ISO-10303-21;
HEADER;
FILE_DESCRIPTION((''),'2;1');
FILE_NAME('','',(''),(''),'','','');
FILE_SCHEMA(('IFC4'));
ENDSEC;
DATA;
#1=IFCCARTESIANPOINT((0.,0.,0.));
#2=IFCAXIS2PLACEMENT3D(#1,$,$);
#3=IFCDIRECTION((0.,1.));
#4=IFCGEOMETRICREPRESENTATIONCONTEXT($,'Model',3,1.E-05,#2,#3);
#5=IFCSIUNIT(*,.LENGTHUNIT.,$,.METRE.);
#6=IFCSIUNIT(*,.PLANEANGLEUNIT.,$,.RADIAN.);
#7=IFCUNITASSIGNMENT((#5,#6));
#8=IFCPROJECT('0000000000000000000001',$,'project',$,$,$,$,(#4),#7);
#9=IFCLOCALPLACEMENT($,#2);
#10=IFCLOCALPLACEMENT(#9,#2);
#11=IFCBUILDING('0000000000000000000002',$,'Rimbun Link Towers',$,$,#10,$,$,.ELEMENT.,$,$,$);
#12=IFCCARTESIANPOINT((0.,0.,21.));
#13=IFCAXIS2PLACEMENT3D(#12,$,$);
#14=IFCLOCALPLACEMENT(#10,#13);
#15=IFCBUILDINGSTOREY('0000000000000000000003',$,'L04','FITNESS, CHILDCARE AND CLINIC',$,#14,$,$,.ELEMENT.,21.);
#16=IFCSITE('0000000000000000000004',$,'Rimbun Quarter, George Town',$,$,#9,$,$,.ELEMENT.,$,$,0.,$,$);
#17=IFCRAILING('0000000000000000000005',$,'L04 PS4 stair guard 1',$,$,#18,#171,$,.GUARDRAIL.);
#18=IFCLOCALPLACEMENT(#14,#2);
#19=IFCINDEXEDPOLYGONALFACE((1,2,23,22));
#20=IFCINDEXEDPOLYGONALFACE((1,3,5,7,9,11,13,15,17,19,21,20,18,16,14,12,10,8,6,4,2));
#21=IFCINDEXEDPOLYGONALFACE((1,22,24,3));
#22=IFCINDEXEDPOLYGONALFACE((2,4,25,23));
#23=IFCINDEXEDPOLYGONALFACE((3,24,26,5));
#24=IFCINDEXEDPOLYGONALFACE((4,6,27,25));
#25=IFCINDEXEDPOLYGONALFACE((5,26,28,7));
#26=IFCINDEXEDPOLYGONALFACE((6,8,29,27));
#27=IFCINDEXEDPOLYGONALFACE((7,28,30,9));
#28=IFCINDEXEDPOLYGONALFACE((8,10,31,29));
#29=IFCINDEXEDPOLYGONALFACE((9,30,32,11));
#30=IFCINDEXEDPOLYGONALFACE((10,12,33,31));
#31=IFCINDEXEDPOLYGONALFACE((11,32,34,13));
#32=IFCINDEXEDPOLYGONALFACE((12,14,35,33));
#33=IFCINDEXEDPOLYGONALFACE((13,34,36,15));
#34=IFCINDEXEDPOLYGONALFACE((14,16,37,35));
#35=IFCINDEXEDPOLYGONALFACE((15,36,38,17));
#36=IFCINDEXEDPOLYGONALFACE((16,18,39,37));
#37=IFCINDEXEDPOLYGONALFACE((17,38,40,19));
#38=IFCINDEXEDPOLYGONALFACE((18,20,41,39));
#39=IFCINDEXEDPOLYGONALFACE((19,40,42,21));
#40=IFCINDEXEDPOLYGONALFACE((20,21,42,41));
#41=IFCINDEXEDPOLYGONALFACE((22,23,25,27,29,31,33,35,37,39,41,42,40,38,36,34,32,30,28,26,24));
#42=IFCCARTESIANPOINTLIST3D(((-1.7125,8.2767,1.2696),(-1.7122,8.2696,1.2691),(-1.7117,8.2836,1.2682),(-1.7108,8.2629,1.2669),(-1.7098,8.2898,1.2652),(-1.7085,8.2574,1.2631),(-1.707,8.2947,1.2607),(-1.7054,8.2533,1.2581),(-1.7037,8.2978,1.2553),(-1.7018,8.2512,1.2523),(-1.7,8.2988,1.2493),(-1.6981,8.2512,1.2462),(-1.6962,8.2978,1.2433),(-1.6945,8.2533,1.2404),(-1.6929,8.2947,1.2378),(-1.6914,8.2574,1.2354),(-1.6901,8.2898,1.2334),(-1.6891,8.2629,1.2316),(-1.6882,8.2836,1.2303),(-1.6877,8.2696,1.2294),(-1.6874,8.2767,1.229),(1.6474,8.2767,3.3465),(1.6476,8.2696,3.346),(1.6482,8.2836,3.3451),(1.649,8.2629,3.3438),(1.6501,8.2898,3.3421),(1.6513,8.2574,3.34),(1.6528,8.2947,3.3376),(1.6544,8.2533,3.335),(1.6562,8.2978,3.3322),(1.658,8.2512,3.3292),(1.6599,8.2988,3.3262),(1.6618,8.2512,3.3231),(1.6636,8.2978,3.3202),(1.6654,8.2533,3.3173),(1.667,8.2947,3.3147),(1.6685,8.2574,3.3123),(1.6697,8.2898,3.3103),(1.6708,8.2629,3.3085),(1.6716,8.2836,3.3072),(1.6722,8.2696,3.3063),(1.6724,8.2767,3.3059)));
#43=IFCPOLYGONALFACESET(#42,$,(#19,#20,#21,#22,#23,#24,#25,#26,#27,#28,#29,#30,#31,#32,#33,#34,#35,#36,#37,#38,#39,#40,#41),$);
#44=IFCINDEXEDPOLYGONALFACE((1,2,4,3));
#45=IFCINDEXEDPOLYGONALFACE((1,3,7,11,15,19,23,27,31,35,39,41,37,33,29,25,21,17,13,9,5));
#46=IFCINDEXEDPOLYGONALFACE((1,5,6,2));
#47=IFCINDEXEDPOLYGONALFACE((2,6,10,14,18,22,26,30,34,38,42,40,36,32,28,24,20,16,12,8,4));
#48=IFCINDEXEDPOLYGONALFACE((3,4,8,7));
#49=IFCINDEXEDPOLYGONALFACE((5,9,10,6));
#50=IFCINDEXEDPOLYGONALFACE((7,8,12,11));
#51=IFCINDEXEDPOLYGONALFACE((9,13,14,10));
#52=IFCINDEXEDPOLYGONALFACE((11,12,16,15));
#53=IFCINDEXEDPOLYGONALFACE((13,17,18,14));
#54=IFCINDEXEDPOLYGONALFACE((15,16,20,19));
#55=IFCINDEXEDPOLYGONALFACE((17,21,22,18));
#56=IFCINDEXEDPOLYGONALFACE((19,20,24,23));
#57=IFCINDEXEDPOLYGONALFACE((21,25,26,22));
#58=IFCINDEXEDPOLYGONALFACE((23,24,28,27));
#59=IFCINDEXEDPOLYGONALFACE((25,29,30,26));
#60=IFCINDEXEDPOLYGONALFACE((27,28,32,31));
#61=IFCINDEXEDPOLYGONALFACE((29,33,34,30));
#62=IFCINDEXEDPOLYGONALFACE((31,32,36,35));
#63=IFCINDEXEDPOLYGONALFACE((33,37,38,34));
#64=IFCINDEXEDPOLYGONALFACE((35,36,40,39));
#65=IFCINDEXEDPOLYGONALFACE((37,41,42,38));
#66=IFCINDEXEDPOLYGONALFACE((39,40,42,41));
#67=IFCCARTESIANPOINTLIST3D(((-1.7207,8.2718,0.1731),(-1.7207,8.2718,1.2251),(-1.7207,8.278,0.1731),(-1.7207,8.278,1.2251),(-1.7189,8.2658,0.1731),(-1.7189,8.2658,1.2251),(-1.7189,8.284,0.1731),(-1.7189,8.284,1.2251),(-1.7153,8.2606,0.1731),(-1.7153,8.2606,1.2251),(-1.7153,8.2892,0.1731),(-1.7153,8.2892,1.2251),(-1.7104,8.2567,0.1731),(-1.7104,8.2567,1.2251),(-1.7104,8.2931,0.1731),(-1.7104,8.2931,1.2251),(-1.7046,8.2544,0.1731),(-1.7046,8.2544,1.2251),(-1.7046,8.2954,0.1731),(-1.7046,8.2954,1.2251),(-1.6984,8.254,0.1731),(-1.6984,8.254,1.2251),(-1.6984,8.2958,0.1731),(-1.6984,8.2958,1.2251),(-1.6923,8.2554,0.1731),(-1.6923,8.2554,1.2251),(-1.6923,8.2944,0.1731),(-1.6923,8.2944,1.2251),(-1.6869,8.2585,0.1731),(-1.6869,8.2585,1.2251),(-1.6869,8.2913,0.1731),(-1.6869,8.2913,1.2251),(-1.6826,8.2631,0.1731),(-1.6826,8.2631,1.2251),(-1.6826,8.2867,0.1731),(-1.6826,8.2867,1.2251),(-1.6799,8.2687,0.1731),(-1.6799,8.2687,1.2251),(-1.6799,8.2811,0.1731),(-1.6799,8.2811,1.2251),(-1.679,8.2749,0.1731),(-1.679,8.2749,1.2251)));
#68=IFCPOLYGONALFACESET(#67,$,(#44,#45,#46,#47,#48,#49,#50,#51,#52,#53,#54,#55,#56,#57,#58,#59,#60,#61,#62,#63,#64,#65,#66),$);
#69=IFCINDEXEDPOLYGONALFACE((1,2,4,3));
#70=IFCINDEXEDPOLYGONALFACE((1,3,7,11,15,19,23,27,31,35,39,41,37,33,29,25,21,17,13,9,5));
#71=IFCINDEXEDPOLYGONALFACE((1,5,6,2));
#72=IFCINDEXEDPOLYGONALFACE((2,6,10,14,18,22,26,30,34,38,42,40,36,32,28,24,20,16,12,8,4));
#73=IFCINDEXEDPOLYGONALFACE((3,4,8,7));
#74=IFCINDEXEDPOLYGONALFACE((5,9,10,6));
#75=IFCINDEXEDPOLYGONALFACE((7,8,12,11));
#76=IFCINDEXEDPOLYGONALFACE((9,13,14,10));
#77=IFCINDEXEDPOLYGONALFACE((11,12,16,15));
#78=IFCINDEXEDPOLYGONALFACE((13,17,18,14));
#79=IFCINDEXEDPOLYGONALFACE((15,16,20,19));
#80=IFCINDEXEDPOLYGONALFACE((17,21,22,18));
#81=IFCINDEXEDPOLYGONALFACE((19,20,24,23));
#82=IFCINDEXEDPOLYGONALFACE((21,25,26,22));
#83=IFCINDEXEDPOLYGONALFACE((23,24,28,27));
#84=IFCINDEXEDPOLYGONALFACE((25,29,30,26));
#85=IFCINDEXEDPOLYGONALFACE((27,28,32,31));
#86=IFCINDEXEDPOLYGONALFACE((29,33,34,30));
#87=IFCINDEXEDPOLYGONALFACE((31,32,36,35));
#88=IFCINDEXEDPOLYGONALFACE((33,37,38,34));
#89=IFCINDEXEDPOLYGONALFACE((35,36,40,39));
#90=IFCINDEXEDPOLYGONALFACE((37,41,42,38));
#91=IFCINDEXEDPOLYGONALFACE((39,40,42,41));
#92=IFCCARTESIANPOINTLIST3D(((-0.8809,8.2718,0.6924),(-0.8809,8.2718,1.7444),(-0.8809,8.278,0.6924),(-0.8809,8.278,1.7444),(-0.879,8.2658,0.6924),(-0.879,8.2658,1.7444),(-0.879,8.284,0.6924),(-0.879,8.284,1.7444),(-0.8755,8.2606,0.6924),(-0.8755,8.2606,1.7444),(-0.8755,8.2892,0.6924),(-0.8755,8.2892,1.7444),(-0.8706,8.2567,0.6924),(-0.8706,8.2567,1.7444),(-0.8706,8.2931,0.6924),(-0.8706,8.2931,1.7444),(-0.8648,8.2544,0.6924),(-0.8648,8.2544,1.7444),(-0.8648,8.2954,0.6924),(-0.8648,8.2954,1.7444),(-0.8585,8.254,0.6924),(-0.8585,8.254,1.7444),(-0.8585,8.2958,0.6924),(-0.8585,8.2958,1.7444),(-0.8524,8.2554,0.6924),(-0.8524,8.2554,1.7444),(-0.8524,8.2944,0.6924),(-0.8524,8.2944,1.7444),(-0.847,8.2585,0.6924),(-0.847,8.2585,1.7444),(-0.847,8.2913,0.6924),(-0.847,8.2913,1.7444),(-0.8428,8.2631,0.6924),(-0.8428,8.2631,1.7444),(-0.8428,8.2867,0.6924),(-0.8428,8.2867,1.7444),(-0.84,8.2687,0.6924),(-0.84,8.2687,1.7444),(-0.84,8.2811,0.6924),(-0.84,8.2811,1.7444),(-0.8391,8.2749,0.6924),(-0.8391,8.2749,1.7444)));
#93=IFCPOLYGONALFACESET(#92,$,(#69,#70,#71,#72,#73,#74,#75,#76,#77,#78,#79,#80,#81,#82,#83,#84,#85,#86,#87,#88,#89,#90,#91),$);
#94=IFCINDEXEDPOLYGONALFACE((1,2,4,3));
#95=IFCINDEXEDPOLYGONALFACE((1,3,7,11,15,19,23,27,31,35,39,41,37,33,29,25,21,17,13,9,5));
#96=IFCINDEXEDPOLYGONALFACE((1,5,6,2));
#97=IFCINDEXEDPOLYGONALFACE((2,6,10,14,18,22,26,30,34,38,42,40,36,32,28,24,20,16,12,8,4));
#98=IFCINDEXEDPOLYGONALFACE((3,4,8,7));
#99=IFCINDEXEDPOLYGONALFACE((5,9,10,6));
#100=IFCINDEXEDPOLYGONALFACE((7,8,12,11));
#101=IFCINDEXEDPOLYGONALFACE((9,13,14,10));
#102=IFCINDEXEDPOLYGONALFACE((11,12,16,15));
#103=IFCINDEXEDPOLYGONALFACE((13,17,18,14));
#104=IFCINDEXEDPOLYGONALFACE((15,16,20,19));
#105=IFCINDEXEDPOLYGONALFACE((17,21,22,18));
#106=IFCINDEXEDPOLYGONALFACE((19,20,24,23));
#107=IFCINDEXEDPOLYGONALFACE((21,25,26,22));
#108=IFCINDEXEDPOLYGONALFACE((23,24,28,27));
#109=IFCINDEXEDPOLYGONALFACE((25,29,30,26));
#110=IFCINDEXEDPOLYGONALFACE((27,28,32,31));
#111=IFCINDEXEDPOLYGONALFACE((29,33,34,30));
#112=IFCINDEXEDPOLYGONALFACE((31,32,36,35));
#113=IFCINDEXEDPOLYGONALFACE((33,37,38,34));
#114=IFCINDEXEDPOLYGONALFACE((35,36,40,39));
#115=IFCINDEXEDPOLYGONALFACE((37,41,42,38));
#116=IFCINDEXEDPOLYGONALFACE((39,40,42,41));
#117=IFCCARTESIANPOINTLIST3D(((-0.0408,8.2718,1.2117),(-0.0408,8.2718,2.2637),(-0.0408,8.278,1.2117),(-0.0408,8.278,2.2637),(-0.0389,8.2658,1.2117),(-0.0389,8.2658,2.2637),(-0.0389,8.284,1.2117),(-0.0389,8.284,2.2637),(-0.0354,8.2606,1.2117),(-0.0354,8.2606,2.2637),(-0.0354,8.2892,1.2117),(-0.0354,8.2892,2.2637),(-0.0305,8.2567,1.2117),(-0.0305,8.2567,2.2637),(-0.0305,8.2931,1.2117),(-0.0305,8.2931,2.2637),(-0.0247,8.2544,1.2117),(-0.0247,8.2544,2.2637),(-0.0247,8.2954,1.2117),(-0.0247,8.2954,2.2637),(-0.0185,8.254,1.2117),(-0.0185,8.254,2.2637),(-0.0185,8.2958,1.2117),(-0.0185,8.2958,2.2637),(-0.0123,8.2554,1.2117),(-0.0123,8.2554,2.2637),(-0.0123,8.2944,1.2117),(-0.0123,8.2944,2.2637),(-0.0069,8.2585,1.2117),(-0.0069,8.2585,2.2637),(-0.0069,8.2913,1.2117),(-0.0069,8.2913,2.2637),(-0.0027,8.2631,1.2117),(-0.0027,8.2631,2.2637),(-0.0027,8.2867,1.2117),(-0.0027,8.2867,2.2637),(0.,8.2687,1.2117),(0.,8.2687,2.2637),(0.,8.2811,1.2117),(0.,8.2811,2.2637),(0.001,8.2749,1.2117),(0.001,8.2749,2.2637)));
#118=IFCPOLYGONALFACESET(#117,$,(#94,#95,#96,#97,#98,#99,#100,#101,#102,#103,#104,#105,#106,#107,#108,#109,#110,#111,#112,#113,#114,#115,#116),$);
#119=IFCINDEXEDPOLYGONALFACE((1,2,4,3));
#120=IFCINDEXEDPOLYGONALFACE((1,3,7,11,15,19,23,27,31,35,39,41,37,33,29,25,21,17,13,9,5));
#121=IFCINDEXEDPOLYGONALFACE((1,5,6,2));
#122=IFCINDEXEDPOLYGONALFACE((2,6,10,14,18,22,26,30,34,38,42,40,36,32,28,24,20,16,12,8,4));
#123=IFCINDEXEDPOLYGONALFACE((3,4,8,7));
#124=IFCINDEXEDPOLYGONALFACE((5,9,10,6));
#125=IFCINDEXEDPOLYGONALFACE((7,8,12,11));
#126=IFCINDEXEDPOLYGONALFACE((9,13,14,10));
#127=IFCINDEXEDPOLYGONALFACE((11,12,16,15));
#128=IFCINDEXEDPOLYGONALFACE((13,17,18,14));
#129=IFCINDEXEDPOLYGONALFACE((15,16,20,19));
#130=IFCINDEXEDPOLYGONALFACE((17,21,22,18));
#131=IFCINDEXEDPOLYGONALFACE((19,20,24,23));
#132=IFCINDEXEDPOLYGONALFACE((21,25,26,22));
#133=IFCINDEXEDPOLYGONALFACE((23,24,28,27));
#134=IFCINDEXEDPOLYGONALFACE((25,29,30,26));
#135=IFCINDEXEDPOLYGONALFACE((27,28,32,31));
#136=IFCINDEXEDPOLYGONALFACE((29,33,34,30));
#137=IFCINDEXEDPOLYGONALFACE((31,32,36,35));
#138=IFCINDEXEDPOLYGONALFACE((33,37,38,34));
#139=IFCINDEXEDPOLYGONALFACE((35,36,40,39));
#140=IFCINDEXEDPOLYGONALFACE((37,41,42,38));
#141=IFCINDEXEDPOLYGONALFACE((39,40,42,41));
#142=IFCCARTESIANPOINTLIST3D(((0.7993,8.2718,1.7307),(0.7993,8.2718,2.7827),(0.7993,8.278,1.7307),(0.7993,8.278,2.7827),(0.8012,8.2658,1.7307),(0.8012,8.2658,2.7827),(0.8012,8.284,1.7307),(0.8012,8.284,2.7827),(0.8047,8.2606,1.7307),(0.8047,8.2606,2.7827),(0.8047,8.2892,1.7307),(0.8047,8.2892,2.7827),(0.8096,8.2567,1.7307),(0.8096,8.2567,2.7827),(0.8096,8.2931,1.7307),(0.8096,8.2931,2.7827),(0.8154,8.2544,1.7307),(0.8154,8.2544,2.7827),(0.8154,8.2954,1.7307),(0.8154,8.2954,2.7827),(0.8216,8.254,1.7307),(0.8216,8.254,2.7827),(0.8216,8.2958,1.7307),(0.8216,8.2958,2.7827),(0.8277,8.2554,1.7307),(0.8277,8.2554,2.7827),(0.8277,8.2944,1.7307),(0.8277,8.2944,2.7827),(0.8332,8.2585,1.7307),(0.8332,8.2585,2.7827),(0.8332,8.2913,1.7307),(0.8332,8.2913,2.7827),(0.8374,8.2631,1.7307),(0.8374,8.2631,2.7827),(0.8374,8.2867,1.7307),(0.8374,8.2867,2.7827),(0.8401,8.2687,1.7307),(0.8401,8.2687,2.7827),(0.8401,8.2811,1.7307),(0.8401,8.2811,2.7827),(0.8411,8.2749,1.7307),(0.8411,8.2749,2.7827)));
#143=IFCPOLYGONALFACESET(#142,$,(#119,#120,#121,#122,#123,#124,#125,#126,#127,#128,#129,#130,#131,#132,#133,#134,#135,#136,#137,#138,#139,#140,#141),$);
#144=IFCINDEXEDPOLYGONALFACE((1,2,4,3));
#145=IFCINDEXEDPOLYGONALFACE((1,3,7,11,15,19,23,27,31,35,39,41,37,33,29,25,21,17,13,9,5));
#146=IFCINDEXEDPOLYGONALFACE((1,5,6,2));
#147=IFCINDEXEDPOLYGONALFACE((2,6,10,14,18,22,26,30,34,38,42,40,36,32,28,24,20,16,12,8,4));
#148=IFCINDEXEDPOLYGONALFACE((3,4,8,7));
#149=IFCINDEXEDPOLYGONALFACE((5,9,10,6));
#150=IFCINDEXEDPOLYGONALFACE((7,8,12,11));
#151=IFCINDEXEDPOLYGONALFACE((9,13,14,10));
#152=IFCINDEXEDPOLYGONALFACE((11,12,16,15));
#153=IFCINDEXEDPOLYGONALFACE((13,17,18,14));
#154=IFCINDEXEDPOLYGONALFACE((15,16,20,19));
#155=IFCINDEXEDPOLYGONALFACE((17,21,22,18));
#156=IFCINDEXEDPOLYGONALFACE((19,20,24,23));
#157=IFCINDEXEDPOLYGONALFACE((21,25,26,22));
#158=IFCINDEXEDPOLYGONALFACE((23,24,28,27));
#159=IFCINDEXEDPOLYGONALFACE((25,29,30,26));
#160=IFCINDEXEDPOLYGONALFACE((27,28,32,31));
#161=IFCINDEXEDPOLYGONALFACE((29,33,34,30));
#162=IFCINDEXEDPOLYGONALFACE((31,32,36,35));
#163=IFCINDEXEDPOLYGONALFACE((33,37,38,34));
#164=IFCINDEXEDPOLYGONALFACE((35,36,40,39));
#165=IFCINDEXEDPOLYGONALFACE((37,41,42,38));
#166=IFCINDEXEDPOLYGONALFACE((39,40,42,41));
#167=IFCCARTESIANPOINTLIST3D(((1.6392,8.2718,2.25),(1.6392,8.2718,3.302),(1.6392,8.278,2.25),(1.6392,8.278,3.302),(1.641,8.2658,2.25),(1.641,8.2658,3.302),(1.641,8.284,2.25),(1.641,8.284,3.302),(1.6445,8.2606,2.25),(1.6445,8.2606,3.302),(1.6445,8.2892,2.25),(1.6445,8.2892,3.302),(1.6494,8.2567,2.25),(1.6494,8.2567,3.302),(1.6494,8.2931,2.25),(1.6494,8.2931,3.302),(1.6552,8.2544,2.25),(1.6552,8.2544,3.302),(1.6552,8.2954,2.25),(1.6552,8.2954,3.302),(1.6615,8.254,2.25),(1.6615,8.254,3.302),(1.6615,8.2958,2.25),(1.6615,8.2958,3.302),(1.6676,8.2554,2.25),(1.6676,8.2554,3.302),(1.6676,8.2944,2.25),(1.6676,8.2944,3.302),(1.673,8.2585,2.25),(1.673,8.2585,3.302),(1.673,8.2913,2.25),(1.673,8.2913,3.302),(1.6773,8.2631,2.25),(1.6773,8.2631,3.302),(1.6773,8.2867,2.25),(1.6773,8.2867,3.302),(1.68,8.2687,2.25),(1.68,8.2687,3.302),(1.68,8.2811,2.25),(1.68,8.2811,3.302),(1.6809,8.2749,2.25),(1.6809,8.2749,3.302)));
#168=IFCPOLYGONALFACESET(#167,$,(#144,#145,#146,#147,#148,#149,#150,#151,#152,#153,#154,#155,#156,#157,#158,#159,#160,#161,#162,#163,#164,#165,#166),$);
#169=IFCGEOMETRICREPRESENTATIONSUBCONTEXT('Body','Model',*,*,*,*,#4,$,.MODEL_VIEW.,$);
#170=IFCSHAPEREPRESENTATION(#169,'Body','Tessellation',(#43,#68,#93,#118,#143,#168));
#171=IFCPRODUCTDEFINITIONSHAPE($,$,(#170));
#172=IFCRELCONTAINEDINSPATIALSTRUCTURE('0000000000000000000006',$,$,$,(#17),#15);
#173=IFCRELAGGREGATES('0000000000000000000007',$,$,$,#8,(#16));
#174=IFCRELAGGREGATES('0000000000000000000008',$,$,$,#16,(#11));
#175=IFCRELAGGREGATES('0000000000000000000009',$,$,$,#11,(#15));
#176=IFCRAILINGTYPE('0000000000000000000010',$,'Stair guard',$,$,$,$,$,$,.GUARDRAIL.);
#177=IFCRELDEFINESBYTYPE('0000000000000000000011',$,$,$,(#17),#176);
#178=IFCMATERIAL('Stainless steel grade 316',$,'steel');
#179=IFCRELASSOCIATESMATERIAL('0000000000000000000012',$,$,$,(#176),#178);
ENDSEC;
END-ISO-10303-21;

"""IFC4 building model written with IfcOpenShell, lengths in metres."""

from ifc_helpers import new_model, si_unit, direction, frame, origin, origin_2d, place, context, subcontext, project, spatial, circle, extrude, material, type_object, element, save


model = new_model("IFC4")

# Units and contexts
model_context = context("Model", 3, precision=1e-05, world=origin(), true_north=direction((0.0, 1.0)))
body_context = subcontext(model_context, "Body", "Model", "MODEL_VIEW")
ifc_project = project(units=[si_unit("LENGTHUNIT", "METRE"), si_unit("PLANEANGLEUNIT", "RADIAN")], contexts=[model_context])

# Site, building, storey
site_placement = place(None, origin())
site = spatial("IfcSite", under=ifc_project, at=site_placement, Name="Rimbun Quarter, George Town", CompositionType="ELEMENT", RefElevation=0.0)
building_placement = place(site_placement, origin())
building = spatial("IfcBuilding", under=site, at=building_placement, Name="Rimbun Link Towers", CompositionType="ELEMENT")
storey_placement = place(building_placement, frame((0.0, 0.0, 21.0)))
storey = spatial("IfcBuildingStorey", under=building, at=storey_placement, Name="L04", Description="FITNESS, CHILDCARE AND CLINIC", CompositionType="ELEMENT", Elevation=21.0)

# Railing
ifc_material_1 = material(Name="Stainless steel grade 316", Category="steel")
railing_type_1 = type_object("IfcRailingType", Name="Stair guard", PredefinedType="GUARDRAIL", material=ifc_material_1)
railing_1_placement = place(storey_placement, frame((-1.7, 8.2749, 0.1731)))
element("IfcRailing", 1, at=railing_1_placement, inside=storey, type_object=railing_type_1, Name="L04 PS4 stair guard 1", PredefinedType="GUARDRAIL", context=body_context, shape_type="SweptSolid", body=[
    extrude(circle(Radius=0.0239, at=origin_2d()), frame((0.0, 0.0, 1.0762), z_axis=(0.850606, 0.0, 0.525803), x_axis=(0.0, 1.0, 0.0)), (0.0, 0.0, 1.0), 3.95),
    extrude(circle(Radius=0.021, at=origin_2d()), origin(), (0.0, 0.0, 1.0), 1.052),
    extrude(circle(Radius=0.021, at=origin_2d()), frame((0.8398, 0.0, 0.5193)), (0.0, 0.0, 1.0), 1.052),
    extrude(circle(Radius=0.021, at=origin_2d()), frame((1.6799, 0.0, 1.0386)), (0.0, 0.0, 1.0), 1.052),
    extrude(circle(Radius=0.021, at=origin_2d()), frame((2.52, 0.0, 1.5576)), (0.0, 0.0, 1.0), 1.052),
    extrude(circle(Radius=0.021, at=origin_2d()), frame((3.3599, 0.0, 2.0769)), (0.0, 0.0, 1.0), 1.052),
])

save(model, "model.ifc")
